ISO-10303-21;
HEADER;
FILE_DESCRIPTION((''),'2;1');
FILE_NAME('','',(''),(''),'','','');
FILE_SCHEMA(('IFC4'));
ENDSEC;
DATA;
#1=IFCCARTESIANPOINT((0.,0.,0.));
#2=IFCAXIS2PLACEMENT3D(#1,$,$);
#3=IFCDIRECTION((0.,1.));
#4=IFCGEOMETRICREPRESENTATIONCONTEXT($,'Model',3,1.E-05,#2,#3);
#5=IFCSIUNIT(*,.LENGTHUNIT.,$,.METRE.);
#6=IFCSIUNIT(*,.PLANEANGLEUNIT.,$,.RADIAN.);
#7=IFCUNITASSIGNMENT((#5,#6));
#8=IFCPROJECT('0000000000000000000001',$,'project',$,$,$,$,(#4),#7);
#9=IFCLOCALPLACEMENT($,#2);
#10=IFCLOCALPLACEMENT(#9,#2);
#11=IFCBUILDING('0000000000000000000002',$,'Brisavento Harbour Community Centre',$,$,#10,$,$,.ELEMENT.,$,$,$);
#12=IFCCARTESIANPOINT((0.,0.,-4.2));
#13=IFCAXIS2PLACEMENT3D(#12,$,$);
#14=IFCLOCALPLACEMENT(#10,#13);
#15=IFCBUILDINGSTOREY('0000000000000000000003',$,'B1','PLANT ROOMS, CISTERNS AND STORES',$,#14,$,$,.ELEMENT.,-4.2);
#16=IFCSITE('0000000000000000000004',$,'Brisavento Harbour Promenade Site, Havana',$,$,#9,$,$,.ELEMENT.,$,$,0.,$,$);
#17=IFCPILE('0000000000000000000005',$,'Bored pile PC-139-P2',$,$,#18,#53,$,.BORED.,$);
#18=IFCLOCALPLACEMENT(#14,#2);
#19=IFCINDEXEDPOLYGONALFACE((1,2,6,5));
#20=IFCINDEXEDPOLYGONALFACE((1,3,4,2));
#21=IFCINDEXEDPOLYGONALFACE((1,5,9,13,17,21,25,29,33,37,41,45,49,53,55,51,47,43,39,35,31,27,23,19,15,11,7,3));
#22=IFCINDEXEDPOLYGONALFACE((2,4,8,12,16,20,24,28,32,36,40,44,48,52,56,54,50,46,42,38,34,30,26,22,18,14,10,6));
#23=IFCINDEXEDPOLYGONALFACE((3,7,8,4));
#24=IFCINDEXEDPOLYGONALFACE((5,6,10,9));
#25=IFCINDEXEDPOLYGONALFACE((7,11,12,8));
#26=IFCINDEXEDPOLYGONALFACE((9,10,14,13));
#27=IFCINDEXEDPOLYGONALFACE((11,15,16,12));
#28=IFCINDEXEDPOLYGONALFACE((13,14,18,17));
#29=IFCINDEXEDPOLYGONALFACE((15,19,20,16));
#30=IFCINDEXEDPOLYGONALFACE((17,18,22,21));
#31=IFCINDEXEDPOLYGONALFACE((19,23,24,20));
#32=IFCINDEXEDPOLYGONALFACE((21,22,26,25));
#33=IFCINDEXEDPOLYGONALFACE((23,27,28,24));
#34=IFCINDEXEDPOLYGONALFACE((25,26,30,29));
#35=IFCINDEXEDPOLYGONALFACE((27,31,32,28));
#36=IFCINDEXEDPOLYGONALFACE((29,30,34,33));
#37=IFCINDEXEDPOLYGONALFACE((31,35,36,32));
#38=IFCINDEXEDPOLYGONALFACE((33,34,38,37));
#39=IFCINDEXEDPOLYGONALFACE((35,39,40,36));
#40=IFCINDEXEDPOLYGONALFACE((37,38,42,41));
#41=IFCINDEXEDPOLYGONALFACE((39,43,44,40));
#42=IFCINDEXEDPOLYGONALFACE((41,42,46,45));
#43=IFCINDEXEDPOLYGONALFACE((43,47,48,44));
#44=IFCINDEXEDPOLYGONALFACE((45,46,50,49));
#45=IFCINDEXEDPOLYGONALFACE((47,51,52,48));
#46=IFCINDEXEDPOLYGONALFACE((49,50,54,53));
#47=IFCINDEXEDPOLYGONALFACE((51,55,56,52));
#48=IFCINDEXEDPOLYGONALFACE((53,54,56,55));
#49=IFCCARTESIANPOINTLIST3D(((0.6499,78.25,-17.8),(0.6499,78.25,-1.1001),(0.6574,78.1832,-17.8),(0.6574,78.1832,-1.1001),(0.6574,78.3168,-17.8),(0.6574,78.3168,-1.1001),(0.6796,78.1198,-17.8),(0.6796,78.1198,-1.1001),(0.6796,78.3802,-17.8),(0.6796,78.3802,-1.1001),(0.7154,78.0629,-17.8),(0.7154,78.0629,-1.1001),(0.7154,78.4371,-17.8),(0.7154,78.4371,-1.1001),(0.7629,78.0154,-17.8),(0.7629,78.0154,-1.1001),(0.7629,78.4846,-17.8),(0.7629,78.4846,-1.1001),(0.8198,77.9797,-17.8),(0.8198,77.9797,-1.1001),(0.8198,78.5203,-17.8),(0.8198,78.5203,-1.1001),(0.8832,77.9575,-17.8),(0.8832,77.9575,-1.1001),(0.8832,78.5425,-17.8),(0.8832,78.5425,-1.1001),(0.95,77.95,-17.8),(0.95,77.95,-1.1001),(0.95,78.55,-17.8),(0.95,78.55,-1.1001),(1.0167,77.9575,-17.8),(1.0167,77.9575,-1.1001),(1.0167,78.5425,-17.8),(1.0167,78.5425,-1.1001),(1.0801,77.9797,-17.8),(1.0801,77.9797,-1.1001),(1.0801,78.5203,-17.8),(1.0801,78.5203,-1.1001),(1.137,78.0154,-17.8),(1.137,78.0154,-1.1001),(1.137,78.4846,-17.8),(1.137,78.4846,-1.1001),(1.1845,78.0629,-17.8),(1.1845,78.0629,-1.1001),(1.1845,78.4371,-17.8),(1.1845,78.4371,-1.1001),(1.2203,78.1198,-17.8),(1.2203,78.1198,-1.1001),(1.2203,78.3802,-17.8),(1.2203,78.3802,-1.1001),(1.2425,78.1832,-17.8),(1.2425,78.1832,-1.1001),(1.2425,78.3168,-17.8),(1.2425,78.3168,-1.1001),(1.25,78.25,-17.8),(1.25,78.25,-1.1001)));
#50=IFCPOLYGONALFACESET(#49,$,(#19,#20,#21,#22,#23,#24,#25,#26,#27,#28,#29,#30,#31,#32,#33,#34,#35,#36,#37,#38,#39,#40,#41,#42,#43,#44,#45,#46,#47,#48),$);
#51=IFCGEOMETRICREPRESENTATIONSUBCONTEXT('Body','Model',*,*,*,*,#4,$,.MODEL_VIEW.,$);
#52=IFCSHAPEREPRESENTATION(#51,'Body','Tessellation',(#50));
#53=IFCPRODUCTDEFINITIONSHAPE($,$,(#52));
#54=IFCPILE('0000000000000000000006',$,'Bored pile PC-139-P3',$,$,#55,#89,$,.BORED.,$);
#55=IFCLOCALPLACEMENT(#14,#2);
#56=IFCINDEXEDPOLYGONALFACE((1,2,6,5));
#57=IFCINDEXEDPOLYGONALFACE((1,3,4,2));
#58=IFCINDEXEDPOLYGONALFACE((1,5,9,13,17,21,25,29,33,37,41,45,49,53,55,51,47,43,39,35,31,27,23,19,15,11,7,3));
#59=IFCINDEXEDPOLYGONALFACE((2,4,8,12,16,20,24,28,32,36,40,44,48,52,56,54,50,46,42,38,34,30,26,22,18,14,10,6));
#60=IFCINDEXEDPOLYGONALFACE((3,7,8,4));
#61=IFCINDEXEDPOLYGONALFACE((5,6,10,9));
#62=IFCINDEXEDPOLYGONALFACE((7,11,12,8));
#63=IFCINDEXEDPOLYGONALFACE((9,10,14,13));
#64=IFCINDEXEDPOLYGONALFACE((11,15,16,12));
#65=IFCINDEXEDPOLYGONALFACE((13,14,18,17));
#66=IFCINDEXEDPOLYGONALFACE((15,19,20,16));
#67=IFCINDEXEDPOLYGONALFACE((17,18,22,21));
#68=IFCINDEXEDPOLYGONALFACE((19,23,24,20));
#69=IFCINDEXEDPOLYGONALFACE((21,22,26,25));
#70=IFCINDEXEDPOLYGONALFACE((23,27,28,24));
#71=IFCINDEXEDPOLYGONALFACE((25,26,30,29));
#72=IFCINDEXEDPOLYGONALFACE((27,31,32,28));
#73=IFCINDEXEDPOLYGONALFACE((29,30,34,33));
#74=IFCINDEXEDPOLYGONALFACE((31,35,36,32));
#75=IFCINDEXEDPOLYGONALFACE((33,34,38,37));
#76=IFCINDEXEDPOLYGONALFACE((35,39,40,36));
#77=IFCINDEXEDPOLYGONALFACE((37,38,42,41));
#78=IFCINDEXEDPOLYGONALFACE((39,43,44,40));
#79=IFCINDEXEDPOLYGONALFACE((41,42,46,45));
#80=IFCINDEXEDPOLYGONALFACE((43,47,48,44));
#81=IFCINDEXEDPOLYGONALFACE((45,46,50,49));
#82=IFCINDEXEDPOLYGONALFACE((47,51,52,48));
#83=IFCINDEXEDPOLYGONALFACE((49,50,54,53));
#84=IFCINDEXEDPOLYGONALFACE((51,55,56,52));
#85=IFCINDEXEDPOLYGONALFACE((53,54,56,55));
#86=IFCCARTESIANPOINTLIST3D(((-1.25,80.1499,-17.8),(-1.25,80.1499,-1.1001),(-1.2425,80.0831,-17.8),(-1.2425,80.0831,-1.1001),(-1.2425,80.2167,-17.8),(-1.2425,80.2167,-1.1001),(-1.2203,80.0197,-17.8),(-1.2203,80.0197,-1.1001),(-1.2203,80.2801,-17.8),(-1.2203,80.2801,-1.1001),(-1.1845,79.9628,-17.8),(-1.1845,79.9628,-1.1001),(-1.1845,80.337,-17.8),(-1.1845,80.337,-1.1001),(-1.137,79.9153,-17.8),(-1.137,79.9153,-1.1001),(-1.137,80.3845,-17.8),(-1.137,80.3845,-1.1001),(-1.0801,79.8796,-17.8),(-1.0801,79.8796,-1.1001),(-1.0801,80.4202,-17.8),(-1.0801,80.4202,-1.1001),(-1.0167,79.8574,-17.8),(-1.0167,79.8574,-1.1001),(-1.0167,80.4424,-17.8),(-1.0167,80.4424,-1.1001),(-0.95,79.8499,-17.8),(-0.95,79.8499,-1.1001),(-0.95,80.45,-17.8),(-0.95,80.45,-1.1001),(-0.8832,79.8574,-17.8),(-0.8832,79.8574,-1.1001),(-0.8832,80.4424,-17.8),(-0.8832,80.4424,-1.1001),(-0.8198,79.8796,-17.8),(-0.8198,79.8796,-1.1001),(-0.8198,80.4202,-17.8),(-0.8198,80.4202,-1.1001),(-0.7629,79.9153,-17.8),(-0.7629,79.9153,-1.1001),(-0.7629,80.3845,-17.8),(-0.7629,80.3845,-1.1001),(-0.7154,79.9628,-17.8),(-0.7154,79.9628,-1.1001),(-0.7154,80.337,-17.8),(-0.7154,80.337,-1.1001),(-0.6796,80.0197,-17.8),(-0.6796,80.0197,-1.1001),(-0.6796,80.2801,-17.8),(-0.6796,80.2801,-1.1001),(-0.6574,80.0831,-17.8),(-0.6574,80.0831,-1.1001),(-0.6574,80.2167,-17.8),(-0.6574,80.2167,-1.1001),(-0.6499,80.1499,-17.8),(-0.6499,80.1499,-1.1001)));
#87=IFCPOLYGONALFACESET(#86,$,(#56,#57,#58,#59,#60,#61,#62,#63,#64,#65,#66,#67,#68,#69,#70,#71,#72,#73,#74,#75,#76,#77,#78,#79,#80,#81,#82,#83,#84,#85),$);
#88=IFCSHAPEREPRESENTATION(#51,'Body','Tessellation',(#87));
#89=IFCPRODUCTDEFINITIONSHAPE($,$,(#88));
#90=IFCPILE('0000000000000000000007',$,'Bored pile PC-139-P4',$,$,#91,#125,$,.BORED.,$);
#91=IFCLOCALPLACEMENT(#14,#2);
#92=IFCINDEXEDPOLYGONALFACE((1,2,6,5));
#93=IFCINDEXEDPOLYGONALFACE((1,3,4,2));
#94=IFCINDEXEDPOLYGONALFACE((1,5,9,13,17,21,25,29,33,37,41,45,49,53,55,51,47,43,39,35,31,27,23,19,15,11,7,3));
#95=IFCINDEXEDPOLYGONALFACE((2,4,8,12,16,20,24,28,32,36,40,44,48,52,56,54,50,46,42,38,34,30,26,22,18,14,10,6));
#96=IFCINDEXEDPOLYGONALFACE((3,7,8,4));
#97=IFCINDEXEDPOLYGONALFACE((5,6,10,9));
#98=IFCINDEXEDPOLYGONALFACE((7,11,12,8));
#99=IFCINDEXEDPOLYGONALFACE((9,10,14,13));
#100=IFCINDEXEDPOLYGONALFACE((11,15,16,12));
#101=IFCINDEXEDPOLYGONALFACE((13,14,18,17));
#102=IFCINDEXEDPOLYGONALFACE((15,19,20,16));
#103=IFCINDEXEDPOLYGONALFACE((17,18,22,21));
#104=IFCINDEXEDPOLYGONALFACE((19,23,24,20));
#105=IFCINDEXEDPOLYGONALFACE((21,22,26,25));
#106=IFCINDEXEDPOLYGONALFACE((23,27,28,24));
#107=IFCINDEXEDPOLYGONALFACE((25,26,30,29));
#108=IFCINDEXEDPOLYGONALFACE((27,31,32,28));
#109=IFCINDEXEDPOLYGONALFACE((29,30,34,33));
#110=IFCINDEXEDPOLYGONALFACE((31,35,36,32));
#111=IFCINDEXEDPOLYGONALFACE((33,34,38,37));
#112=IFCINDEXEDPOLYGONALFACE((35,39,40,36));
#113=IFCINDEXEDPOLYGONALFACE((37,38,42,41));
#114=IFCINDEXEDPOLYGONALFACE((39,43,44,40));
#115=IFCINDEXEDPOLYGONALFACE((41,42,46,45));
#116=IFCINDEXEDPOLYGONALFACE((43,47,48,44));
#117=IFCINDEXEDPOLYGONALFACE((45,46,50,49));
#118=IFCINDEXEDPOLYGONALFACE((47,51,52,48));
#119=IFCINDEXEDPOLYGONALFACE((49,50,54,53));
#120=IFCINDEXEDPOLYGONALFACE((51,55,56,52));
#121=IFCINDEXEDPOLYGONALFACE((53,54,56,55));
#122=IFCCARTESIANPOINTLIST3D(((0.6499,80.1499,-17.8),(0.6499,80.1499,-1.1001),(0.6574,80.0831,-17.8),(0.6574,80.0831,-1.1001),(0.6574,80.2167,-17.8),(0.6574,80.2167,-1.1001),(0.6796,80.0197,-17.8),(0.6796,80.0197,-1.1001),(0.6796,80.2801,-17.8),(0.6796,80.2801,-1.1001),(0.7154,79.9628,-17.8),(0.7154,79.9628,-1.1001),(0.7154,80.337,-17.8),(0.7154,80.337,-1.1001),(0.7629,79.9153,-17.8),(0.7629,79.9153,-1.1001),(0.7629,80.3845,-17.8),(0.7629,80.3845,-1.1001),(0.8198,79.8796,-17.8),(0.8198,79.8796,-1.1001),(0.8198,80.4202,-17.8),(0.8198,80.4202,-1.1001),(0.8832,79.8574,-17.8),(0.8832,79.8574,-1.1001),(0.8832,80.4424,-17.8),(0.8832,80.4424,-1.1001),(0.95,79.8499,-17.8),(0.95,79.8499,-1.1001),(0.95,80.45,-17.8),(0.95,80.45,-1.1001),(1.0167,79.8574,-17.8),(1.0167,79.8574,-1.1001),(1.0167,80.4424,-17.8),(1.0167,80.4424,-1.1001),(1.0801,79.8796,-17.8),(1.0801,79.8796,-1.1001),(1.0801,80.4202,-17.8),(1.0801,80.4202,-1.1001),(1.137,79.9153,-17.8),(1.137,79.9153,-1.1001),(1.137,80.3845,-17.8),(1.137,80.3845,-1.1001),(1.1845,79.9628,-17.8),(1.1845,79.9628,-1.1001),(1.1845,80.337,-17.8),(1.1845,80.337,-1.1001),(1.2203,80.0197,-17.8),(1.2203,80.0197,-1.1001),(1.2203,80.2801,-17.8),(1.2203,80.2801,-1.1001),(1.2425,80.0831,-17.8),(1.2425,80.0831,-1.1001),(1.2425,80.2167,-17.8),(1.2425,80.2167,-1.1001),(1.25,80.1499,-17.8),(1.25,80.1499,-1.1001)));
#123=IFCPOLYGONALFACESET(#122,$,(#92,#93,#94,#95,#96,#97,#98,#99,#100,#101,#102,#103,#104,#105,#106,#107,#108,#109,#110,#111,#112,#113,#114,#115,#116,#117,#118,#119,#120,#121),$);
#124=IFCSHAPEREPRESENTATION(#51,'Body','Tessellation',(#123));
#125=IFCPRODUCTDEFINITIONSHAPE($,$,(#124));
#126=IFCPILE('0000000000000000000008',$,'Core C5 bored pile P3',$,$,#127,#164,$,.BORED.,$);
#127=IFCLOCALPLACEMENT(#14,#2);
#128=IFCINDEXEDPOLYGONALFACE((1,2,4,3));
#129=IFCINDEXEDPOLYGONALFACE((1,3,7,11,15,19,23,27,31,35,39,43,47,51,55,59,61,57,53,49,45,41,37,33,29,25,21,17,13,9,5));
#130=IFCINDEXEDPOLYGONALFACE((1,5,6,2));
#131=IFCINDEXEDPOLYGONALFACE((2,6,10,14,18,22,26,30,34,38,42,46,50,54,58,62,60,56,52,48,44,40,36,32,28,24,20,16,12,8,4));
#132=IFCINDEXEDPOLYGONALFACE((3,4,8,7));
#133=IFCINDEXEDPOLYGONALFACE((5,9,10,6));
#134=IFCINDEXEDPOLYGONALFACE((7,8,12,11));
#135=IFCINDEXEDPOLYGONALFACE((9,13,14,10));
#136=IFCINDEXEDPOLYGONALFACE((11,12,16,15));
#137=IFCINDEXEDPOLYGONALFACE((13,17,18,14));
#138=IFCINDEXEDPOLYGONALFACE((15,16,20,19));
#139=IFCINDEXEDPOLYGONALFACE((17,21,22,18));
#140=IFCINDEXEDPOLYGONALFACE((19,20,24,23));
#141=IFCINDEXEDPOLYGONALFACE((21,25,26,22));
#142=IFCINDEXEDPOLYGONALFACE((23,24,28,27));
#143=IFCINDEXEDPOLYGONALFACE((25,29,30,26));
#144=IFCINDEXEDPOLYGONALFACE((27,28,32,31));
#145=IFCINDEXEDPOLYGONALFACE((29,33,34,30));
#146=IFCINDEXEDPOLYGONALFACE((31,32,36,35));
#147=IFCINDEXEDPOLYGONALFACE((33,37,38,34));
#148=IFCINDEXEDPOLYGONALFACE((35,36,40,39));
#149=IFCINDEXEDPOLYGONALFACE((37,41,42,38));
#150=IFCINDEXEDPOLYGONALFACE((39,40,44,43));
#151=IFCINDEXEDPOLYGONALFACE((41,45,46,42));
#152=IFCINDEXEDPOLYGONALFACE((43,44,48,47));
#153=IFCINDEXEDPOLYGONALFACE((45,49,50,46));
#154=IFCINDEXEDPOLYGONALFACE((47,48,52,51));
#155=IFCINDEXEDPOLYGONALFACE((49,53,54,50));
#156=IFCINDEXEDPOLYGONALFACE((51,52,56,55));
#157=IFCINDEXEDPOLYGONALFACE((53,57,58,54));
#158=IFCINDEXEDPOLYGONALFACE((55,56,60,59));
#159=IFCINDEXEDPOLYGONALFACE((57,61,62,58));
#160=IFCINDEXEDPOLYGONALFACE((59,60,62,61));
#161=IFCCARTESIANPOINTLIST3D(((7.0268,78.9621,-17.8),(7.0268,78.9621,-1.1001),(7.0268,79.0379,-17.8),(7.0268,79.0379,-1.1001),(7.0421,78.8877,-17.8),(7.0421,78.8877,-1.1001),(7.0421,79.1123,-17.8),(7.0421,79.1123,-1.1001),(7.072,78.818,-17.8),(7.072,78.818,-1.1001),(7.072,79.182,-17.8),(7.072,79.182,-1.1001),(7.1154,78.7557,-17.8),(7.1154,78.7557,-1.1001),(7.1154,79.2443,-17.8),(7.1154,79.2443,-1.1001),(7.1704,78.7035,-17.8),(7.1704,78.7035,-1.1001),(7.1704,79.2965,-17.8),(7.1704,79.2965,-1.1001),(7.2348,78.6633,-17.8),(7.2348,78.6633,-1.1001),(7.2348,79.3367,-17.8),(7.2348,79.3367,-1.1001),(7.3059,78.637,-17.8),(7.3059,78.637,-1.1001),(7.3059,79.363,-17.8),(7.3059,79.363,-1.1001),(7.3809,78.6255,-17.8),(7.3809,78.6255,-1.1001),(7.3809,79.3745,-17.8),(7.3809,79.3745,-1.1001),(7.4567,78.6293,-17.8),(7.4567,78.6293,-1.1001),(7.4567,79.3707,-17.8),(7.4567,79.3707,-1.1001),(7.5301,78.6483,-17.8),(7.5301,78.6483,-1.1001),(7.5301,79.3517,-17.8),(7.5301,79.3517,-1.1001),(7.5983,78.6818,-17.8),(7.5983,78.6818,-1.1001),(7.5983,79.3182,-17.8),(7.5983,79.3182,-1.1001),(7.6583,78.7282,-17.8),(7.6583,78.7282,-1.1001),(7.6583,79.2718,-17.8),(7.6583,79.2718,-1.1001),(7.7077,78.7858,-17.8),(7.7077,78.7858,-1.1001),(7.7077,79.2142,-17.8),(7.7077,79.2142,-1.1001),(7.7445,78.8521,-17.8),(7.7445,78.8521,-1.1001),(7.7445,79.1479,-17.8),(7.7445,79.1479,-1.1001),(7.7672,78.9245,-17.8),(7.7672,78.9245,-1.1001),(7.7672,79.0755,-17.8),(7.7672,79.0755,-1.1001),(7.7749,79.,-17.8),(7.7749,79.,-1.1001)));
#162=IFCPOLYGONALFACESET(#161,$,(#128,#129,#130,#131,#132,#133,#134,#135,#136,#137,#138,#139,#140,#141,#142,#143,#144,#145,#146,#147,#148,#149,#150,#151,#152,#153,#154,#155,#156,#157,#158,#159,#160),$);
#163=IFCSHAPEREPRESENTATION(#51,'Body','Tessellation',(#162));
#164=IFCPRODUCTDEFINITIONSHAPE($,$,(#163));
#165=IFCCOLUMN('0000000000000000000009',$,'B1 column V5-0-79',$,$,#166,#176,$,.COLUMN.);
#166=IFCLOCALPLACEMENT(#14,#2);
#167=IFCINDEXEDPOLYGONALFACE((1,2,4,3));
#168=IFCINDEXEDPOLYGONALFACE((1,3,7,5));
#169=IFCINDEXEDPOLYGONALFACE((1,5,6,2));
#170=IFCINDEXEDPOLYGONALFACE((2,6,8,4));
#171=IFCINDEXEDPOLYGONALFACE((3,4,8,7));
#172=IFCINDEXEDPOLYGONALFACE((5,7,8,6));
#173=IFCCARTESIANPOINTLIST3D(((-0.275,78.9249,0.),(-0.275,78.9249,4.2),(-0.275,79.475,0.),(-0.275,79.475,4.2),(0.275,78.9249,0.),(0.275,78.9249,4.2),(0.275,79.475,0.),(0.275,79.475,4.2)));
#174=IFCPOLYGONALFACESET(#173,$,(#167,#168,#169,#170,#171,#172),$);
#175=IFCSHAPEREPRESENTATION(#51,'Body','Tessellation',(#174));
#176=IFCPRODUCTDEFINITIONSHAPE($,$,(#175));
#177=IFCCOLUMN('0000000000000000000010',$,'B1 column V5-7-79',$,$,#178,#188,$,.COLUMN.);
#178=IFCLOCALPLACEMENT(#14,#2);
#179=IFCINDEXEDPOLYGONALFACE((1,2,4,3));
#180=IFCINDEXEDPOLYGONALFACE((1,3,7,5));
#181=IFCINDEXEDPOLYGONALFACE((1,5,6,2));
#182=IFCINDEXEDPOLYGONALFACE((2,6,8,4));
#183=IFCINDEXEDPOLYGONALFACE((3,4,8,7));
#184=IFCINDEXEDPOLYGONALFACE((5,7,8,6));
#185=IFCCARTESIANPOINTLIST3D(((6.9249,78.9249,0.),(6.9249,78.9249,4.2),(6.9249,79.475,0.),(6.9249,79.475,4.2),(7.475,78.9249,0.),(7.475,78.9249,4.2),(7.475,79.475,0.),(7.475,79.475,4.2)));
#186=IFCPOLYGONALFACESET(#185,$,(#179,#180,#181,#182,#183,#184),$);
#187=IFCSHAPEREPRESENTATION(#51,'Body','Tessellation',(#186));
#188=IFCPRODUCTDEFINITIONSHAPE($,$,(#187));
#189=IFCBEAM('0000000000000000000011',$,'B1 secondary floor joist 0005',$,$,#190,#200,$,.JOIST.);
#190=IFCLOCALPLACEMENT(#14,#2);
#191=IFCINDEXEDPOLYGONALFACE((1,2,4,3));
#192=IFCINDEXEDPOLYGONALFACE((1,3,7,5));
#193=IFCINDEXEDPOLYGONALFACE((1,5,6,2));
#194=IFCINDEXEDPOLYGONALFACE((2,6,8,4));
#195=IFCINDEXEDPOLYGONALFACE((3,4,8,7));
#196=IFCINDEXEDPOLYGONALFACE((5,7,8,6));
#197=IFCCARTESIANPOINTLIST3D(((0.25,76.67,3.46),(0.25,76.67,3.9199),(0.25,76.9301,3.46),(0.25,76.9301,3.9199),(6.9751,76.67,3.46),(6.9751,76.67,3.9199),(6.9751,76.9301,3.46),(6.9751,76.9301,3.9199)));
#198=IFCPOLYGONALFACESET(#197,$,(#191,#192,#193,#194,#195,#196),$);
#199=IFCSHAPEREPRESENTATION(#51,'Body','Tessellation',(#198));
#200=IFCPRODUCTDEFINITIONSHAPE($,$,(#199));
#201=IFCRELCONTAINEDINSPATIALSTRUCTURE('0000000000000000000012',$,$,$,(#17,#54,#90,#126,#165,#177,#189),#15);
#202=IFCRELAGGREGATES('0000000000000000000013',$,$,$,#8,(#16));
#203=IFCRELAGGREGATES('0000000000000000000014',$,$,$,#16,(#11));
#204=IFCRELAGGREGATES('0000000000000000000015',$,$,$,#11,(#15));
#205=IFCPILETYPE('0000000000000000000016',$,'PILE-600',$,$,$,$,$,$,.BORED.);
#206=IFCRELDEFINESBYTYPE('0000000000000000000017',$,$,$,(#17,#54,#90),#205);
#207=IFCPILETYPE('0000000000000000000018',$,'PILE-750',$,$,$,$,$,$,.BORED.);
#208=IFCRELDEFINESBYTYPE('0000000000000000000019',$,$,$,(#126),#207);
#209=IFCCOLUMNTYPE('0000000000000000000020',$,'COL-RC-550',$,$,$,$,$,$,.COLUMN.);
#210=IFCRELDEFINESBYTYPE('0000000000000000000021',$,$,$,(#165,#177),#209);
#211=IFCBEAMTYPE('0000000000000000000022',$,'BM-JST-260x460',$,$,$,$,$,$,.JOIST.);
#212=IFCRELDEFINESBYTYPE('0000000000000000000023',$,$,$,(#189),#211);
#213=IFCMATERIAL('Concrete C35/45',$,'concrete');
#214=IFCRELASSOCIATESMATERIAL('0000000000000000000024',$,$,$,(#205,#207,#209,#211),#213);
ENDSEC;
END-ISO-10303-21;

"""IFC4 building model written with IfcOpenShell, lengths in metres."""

from ifc_helpers import new_model, si_unit, direction, frame, origin, origin_2d, place, context, subcontext, project, spatial, rectangle, circle, extrude, material, material_profile, profile_set, type_object, element, save


model = new_model("IFC4")

# Units and contexts
model_context = context("Model", 3, precision=1e-05, world=origin(), true_north=direction((0.0, 1.0)))
body_context = subcontext(model_context, "Body", "Model", "MODEL_VIEW")
ifc_project = project(units=[si_unit("LENGTHUNIT", "METRE"), si_unit("PLANEANGLEUNIT", "RADIAN")], contexts=[model_context])

# Site, building, storey
site_placement = place(None, origin())
site = spatial("IfcSite", under=ifc_project, at=site_placement, Name="Brisavento Harbour Promenade Site, Havana", CompositionType="ELEMENT", RefElevation=0.0)
building_placement = place(site_placement, origin())
building = spatial("IfcBuilding", under=site, at=building_placement, Name="Brisavento Harbour Community Centre", CompositionType="ELEMENT")
storey_placement = place(building_placement, frame((0.0, 0.0, -4.2)))
storey = spatial("IfcBuildingStorey", under=building, at=storey_placement, Name="B1", Description="PLANT ROOMS, CISTERNS AND STORES", CompositionType="ELEMENT", Elevation=-4.2)

# Shared definitions
ifc_material_1 = material(Name="Concrete C35/45", Category="concrete")

# Piles
ifc_material_profile_1 = material_profile(ifc_material_1, circle(Radius=0.3, at=origin_2d()), Name="Concrete C35/45")
ifc_profile_set_1 = profile_set([ifc_material_profile_1], Name="Concrete C35/45")
pile_type_1 = type_object("IfcPileType", Name="PILE-600", PredefinedType="BORED", material=ifc_profile_set_1)
for number, where, z_axis, x_axis, name in (
    (1, (0.95, 78.25, -1.1001), (0.0, 0.0, -1.0), (1.0, 0.0, 0.0), "Bored pile PC-139-P2"),
    (2, (-0.95, 80.1499, -1.1001), (0.0, 0.0, -1.0), (1.0, 0.0, 0.0), "Bored pile PC-139-P3"),
    (3, (0.95, 80.1499, -1.1001), (0.0, 0.0, -1.0), (1.0, 0.0, 0.0), "Bored pile PC-139-P4"),
):
    element("IfcPile", number, at=place(storey_placement, frame(where, z_axis=z_axis, x_axis=x_axis)), inside=storey, type_object=pile_type_1, Name=name, PredefinedType="BORED", context=body_context, shape_type="SweptSolid", body=[
        extrude(circle(Radius=0.3, at=origin_2d()), origin(), (0.0, 0.0, 1.0), 16.7),
    ])
ifc_material_profile_2 = material_profile(ifc_material_1, circle(Radius=0.375, at=origin_2d()), Name="Concrete C35/45")
ifc_profile_set_2 = profile_set([ifc_material_profile_2], Name="Concrete C35/45")
pile_type_2 = type_object("IfcPileType", Name="PILE-750", PredefinedType="BORED", material=ifc_profile_set_2)
pile_placement = place(storey_placement, frame((7.3999, 79.0, -1.1001), z_axis=(0.0, 0.0, -1.0), x_axis=(1.0, 0.0, 0.0)))
element("IfcPile", 4, at=pile_placement, inside=storey, type_object=pile_type_2, Name="Core C5 bored pile P3", PredefinedType="BORED", context=body_context, shape_type="SweptSolid", body=[
    extrude(circle(Radius=0.375, at=origin_2d()), origin(), (0.0, 0.0, 1.0), 16.7),
])

# Columns
ifc_material_profile_3 = material_profile(ifc_material_1, rectangle(XDim=0.55, YDim=0.55, at=origin_2d()), Name="Concrete C35/45")
ifc_profile_set_3 = profile_set([ifc_material_profile_3], Name="Concrete C35/45")
column_type = type_object("IfcColumnType", Name="COL-RC-550", PredefinedType="COLUMN", material=ifc_profile_set_3)
for number, where, z_axis, x_axis, name in (
    (5, (0.0, 79.2, 0.0), (0.0, 0.0, 1.0), (1.0, 0.0, 0.0), "B1 column V5-0-79"),
    (6, (7.2, 79.2, 0.0), (0.0, 0.0, 1.0), (1.0, 0.0, 0.0), "B1 column V5-7-79"),
):
    element("IfcColumn", number, at=place(storey_placement, frame(where, z_axis=z_axis, x_axis=x_axis)), inside=storey, type_object=column_type, Name=name, PredefinedType="COLUMN", context=body_context, shape_type="SweptSolid", body=[
        extrude(rectangle(XDim=0.55, YDim=0.55, at=origin_2d()), origin(), (0.0, 0.0, 1.0), 4.2),
    ])

# Beam
ifc_material_profile_4 = material_profile(ifc_material_1, rectangle(XDim=0.26, YDim=0.46, at=origin_2d()), Name="Concrete C35/45")
ifc_profile_set_4 = profile_set([ifc_material_profile_4], Name="Concrete C35/45")
beam_type_1 = type_object("IfcBeamType", Name="BM-JST-260x460", PredefinedType="JOIST", material=ifc_profile_set_4)
beam_1_placement = place(storey_placement, frame((0.25, 76.8, 3.6899), z_axis=(1.0, 0.0, 0.0), x_axis=(0.0, 1.0, 0.0)))
element("IfcBeam", 7, at=beam_1_placement, inside=storey, type_object=beam_type_1, Name="B1 secondary floor joist 0005", PredefinedType="JOIST", context=body_context, shape_type="SweptSolid", body=[
    extrude(rectangle(XDim=0.26, YDim=0.46, at=origin_2d()), origin(), (0.0, 0.0, 1.0), 6.7251),
])

save(model, "model.ifc")
